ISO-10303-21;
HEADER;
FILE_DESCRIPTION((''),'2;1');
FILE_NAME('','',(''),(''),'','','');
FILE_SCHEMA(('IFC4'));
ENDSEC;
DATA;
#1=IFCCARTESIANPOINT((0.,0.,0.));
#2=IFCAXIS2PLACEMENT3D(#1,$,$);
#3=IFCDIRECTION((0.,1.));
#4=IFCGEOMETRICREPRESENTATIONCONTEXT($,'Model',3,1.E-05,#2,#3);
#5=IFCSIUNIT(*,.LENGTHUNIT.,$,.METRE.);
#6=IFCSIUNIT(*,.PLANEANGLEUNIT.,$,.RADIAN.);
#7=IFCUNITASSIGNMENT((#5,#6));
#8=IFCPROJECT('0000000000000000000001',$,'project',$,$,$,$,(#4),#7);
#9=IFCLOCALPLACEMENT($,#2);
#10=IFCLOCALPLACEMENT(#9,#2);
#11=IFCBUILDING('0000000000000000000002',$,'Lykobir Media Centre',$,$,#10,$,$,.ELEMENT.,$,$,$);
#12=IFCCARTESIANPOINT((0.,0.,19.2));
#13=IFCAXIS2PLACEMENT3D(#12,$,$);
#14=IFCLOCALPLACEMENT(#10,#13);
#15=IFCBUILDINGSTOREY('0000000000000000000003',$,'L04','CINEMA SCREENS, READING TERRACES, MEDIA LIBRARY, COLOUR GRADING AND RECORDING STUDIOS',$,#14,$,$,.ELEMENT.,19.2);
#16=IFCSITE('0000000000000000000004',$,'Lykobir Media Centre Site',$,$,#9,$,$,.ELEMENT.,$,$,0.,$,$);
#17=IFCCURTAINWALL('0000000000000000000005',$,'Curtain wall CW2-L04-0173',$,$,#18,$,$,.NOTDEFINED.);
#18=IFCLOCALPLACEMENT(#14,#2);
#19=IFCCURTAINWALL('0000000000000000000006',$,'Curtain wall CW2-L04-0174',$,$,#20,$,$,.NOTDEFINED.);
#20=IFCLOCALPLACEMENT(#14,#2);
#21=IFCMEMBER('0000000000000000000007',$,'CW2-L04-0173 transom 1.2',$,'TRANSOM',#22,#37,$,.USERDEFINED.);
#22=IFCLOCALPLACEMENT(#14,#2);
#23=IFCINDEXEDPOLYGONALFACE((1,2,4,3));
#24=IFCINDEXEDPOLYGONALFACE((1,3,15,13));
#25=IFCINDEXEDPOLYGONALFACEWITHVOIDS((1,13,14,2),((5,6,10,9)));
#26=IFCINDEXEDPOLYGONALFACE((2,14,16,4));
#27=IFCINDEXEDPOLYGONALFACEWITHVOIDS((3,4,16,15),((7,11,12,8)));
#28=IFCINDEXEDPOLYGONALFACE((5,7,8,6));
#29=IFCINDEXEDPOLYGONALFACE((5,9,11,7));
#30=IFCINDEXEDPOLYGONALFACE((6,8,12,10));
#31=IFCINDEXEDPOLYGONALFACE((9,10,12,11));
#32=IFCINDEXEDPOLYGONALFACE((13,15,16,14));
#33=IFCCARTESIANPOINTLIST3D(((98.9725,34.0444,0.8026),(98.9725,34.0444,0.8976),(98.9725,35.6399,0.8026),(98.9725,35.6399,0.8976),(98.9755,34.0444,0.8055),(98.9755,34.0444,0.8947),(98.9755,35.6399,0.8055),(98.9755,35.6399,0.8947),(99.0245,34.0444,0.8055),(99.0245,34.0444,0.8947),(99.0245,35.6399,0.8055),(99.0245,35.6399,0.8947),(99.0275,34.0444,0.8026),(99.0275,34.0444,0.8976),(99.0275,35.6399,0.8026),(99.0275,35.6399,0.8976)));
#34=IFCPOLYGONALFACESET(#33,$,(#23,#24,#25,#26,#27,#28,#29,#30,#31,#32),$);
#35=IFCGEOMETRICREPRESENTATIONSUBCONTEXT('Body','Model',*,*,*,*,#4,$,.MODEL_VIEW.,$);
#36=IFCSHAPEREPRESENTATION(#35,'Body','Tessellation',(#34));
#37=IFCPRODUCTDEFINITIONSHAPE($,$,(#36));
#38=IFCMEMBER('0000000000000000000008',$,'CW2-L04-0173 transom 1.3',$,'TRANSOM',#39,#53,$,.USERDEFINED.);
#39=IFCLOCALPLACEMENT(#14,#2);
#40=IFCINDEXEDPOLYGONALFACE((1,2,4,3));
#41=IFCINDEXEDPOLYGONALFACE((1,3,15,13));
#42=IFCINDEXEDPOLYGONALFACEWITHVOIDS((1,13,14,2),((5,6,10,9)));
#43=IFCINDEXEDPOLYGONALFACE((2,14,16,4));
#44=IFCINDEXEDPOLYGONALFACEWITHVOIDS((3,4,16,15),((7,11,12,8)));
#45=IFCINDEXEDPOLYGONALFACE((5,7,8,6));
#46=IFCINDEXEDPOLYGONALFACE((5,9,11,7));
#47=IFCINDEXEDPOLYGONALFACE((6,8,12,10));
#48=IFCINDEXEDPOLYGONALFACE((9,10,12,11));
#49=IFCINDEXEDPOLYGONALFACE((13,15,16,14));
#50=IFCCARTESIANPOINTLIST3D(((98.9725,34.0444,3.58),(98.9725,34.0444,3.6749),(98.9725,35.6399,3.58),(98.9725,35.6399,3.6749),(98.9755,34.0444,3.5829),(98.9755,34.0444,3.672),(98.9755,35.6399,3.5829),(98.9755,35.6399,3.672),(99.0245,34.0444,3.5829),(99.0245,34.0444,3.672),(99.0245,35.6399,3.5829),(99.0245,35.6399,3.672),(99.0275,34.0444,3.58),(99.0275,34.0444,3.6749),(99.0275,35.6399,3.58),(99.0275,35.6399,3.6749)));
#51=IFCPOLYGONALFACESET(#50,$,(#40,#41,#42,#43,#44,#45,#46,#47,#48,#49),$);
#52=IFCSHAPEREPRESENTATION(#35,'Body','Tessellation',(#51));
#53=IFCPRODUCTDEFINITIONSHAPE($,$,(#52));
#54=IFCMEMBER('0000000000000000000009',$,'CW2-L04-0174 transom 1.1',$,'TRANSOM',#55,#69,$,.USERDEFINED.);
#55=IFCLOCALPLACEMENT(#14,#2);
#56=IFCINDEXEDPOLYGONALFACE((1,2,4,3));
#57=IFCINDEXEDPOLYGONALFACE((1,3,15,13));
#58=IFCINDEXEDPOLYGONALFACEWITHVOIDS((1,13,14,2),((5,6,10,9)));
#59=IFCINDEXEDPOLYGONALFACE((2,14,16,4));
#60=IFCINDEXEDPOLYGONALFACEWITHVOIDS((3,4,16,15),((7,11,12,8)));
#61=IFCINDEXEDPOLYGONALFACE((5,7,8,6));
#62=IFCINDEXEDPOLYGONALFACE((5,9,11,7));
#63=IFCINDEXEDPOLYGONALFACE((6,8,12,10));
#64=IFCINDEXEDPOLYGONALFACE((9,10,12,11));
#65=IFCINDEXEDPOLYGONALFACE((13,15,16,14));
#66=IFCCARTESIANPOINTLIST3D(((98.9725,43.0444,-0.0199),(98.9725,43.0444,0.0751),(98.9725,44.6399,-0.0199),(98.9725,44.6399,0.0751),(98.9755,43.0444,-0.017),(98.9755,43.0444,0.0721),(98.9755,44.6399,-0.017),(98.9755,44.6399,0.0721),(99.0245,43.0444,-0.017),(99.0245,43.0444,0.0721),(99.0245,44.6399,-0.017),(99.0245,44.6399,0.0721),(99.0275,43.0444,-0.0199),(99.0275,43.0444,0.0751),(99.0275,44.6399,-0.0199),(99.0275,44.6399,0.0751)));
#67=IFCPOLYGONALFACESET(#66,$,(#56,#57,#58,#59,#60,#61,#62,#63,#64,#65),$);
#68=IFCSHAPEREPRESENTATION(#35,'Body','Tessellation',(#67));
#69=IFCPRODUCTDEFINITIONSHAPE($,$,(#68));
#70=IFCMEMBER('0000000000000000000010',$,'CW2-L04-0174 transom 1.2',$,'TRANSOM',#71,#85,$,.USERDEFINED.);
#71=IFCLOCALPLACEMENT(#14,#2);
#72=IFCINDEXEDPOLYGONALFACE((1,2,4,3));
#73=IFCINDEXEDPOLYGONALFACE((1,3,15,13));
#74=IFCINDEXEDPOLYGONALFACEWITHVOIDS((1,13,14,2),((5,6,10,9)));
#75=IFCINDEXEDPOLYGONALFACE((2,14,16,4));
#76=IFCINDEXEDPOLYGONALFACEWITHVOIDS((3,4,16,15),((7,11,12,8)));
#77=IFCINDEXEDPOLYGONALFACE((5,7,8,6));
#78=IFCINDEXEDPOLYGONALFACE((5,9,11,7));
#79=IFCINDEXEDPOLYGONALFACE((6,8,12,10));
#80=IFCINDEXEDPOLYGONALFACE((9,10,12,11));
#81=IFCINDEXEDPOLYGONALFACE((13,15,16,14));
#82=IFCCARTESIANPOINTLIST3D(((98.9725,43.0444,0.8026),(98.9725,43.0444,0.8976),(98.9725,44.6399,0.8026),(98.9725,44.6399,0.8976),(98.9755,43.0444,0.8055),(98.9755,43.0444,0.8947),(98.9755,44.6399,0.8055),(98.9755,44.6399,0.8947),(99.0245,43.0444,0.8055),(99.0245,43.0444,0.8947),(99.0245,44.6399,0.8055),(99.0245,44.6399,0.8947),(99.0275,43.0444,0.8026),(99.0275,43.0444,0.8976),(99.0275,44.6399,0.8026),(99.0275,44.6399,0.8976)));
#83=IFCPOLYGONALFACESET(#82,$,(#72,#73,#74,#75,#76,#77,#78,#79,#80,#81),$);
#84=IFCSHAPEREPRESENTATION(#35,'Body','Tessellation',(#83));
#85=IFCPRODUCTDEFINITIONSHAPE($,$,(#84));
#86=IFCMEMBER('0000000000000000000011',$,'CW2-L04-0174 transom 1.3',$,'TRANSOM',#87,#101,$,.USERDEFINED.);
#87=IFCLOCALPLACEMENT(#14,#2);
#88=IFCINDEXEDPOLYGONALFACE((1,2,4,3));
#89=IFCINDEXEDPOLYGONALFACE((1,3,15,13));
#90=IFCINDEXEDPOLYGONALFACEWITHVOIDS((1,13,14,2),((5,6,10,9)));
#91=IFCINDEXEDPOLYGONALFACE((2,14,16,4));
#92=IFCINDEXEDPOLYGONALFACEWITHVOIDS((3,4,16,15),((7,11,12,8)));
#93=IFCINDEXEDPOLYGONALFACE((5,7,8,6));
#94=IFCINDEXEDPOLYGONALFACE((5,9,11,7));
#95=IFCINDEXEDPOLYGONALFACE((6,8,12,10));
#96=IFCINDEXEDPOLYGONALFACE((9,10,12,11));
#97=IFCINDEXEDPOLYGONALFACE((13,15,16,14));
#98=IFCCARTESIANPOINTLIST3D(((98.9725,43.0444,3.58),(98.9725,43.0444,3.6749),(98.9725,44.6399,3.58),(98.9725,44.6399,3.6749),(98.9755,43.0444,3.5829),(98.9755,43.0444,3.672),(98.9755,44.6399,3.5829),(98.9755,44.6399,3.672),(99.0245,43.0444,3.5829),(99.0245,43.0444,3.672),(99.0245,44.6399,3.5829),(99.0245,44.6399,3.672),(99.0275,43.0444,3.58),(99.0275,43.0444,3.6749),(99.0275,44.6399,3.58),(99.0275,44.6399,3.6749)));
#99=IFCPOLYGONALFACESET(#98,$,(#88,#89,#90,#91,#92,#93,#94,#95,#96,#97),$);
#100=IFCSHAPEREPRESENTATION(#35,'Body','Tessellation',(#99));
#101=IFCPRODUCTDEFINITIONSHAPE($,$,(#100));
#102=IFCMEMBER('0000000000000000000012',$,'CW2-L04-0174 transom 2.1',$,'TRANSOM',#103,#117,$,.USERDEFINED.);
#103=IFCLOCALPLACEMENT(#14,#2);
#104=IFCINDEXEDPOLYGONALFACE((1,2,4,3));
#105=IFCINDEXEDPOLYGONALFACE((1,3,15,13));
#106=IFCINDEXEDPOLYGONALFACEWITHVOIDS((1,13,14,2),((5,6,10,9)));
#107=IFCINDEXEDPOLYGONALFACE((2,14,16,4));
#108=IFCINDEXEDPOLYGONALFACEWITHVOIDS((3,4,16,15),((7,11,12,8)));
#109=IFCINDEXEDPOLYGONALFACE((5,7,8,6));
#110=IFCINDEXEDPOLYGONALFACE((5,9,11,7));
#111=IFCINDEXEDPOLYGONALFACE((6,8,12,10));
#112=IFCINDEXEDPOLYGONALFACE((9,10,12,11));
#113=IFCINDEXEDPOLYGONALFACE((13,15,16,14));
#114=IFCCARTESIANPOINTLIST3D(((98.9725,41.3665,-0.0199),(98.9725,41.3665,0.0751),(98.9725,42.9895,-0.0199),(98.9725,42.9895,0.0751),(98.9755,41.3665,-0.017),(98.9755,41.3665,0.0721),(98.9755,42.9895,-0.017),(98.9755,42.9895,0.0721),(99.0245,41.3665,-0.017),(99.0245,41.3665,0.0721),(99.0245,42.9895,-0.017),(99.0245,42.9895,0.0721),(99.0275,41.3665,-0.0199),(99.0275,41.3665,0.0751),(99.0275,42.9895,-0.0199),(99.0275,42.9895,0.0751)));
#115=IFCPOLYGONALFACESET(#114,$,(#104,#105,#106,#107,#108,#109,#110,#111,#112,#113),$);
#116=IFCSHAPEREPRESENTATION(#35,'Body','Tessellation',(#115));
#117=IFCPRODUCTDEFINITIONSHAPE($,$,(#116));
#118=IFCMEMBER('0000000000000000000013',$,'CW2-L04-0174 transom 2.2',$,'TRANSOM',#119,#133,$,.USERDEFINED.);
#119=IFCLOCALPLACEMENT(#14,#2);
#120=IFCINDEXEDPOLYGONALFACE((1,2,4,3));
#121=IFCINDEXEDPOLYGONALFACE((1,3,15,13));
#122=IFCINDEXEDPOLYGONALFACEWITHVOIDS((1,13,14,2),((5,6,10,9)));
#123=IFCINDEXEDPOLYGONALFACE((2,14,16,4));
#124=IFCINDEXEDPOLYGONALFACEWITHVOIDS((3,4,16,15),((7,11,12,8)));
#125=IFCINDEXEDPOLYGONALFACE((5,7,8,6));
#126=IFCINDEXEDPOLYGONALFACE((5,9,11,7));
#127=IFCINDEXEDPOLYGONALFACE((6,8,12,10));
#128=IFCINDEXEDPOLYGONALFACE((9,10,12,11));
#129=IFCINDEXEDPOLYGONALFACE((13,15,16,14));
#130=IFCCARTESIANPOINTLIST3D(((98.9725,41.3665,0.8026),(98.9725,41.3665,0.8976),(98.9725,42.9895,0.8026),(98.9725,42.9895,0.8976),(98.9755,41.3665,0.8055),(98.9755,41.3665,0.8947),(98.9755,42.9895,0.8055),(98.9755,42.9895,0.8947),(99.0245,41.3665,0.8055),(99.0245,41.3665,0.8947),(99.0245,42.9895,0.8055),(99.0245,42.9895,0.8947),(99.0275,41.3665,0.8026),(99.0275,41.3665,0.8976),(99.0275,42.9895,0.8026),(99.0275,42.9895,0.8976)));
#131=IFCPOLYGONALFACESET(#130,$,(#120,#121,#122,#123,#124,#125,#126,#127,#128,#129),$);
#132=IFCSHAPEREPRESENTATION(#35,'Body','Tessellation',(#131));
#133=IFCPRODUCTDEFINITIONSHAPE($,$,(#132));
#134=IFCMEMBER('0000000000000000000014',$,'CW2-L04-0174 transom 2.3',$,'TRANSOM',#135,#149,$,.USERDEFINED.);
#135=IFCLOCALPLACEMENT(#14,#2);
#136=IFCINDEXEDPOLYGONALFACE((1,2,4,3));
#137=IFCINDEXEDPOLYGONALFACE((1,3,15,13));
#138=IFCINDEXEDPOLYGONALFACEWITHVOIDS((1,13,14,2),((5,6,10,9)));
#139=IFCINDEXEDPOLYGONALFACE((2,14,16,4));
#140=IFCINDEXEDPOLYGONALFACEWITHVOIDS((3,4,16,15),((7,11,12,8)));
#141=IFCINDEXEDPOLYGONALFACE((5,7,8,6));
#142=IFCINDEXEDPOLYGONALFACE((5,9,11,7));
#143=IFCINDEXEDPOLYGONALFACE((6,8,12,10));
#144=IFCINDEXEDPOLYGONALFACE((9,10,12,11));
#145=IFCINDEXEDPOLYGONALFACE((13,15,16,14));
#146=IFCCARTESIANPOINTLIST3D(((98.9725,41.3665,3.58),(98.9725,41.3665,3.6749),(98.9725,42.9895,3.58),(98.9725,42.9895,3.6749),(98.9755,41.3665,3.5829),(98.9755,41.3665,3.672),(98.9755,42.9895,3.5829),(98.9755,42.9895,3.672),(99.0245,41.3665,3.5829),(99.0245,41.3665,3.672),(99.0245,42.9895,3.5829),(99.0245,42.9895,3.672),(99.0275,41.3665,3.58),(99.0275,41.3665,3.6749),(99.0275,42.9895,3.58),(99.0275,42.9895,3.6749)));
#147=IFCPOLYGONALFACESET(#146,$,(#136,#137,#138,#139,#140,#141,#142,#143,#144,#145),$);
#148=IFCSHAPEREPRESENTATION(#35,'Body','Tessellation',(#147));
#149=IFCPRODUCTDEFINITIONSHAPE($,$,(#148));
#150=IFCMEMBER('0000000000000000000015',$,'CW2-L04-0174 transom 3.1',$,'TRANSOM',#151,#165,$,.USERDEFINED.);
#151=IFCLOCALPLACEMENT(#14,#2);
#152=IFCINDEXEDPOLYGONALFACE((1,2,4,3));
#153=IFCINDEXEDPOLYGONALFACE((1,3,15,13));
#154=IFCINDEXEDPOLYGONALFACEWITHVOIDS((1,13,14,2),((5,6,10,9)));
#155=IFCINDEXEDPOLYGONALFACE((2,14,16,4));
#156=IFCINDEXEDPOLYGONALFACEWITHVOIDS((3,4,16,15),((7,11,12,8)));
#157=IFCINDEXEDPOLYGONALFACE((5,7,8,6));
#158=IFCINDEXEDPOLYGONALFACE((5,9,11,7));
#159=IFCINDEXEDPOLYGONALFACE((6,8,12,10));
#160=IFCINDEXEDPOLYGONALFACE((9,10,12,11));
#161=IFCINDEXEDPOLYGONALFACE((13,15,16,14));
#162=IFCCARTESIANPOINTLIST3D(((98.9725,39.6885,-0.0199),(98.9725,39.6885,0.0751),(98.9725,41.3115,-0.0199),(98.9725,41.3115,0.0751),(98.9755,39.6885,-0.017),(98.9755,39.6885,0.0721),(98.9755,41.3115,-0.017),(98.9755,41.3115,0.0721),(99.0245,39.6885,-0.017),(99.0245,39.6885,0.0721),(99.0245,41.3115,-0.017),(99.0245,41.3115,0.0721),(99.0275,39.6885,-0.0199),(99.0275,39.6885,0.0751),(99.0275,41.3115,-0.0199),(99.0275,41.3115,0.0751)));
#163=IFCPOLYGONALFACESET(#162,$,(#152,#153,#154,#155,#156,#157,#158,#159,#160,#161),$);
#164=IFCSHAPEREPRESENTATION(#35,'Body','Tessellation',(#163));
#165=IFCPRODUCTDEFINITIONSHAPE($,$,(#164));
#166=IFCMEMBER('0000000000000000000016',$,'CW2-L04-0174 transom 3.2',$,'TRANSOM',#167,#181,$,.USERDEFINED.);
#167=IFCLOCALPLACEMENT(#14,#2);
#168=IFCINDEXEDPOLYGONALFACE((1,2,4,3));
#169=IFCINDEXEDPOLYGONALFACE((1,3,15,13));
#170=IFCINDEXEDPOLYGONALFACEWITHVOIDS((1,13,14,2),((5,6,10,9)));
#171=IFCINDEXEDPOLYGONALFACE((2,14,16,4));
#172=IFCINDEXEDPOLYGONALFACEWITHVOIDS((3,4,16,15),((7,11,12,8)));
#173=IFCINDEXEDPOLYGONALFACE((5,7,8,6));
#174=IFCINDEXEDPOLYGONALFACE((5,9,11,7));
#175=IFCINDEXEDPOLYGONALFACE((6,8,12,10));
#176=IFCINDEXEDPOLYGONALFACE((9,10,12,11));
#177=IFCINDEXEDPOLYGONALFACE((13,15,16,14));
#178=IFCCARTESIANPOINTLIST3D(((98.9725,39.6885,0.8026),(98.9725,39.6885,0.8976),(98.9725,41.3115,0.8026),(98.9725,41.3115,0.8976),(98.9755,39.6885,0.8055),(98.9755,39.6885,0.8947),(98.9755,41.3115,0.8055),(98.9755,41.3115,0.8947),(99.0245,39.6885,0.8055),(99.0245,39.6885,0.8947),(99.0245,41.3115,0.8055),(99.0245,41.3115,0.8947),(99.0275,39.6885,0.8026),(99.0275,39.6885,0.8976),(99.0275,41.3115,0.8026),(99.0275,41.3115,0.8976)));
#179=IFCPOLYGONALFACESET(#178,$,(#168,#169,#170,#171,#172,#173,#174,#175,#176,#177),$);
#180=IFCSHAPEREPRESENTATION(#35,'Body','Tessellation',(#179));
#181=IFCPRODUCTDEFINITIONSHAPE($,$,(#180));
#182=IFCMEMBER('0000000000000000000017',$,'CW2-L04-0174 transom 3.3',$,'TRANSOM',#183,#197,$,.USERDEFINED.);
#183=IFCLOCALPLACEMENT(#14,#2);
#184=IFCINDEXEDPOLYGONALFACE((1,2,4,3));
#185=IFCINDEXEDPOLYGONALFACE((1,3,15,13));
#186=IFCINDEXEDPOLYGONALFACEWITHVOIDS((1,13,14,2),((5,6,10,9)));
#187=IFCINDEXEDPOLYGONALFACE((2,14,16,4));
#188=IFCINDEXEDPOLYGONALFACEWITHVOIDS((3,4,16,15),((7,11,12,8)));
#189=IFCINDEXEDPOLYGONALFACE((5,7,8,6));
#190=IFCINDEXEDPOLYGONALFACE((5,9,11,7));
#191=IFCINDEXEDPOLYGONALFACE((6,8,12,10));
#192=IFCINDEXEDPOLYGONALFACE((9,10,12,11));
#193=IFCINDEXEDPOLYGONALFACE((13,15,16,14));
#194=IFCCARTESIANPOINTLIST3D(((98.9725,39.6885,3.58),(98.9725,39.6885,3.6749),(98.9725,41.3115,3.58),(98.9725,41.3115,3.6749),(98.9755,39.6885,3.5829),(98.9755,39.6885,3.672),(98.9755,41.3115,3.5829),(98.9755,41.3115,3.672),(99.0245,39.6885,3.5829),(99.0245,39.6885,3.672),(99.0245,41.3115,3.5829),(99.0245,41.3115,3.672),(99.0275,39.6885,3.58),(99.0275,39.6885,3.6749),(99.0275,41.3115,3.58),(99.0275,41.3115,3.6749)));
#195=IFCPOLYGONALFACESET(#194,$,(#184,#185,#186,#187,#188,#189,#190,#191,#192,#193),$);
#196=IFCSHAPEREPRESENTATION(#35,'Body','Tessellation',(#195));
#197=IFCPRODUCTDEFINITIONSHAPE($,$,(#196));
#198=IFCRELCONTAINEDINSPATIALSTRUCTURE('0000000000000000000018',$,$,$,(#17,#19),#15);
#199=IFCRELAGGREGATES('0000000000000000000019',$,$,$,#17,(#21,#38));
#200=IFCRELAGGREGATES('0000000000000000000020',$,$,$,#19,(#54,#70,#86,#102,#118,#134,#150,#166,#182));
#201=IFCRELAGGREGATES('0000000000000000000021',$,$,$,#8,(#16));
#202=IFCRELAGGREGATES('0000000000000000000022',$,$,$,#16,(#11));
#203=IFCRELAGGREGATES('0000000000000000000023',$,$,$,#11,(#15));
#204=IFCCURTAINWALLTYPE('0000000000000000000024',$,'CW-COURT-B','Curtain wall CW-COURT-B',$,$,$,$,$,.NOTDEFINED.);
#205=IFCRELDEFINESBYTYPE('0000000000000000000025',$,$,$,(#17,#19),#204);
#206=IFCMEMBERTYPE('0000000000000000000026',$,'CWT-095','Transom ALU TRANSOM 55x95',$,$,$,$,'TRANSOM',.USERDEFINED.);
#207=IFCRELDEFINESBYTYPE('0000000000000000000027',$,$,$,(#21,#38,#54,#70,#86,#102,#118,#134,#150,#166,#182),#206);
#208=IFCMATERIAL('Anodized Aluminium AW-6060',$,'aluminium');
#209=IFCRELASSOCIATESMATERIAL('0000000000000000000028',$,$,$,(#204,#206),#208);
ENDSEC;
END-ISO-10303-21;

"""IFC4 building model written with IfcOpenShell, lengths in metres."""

from ifc_helpers import new_model, si_unit, direction, frame, origin, origin_2d, place, context, subcontext, project, spatial, hollow_rectangle, extrude, material, material_profile, profile_set, type_object, element, aggregate, save


model = new_model("IFC4")

# Units and contexts
model_context = context("Model", 3, precision=1e-05, world=origin(), true_north=direction((0.0, 1.0)))
body_context = subcontext(model_context, "Body", "Model", "MODEL_VIEW")
ifc_project = project(units=[si_unit("LENGTHUNIT", "METRE"), si_unit("PLANEANGLEUNIT", "RADIAN")], contexts=[model_context])

# Site, building, storey
site_placement = place(None, origin())
site = spatial("IfcSite", under=ifc_project, at=site_placement, Name="Lykobir Media Centre Site", CompositionType="ELEMENT", RefElevation=0.0)
building_placement = place(site_placement, origin())
building = spatial("IfcBuilding", under=site, at=building_placement, Name="Lykobir Media Centre", CompositionType="ELEMENT")
storey_placement = place(building_placement, frame((0.0, 0.0, 19.2)))
storey = spatial("IfcBuildingStorey", under=building, at=storey_placement, Name="L04", Description="CINEMA SCREENS, READING TERRACES, MEDIA LIBRARY, COLOUR GRADING AND RECORDING STUDIOS", CompositionType="ELEMENT", Elevation=19.2)

# Curtain wall
ifc_material_1 = material(Name="Anodized Aluminium AW-6060", Category="aluminium")
curtain_wall_type = type_object("IfcCurtainWallType", Name="CW-COURT-B", Description="Curtain wall CW-COURT-B", PredefinedType="NOTDEFINED", material=ifc_material_1)
curtain_wall_1_placement = place(storey_placement, origin())
curtain_wall_1 = element("IfcCurtainWall", 1, at=curtain_wall_1_placement, inside=storey, type_object=curtain_wall_type, Name="Curtain wall CW2-L04-0173", PredefinedType="NOTDEFINED")

# Curtain wall
curtain_wall_2_placement = place(storey_placement, origin())
curtain_wall_2 = element("IfcCurtainWall", 2, at=curtain_wall_2_placement, inside=storey, type_object=curtain_wall_type, Name="Curtain wall CW2-L04-0174", PredefinedType="NOTDEFINED")

# Members
ifc_material_profile_1 = material_profile(ifc_material_1, hollow_rectangle(XDim=0.0549, YDim=0.095, WallThickness=0.0029, at=origin_2d()), Name="ALU TRANSOM 55x95")
ifc_profile_set_1 = profile_set([ifc_material_profile_1], Name="Anodized Aluminium AW-6060")
member_type_1 = type_object("IfcMemberType", Name="CWT-095", Description="Transom ALU TRANSOM 55x95", ElementType="TRANSOM", PredefinedType="USERDEFINED", material=ifc_profile_set_1)
member_1_placement = place(storey_placement, frame((99.0, 35.6399, 0.8501), z_axis=(0.0, -1.0, 0.0), x_axis=(1.0, 0.0, 0.0)))
member_1 = element("IfcMember", 3, at=member_1_placement, type_object=member_type_1, Name="CW2-L04-0173 transom 1.2", ObjectType="TRANSOM", PredefinedType="USERDEFINED", context=body_context, shape_type="SweptSolid", body=[
    extrude(hollow_rectangle(XDim=0.0549, YDim=0.095, WallThickness=0.0029, at=origin_2d()), origin(), (0.0, 0.0, 1.0), 1.5955),
])
member_2_placement = place(storey_placement, frame((99.0, 35.6399, 3.6274), z_axis=(0.0, -1.0, 0.0), x_axis=(1.0, 0.0, 0.0)))
member_2 = element("IfcMember", 4, at=member_2_placement, type_object=member_type_1, Name="CW2-L04-0173 transom 1.3", ObjectType="TRANSOM", PredefinedType="USERDEFINED", context=body_context, shape_type="SweptSolid", body=[
    extrude(hollow_rectangle(XDim=0.0549, YDim=0.095, WallThickness=0.0029, at=origin_2d()), origin(), (0.0, 0.0, 1.0), 1.5955),
])
aggregate(curtain_wall_1, [member_1, member_2])
member_3_placement = place(storey_placement, frame((99.0, 44.6399, 0.0276), z_axis=(0.0, -1.0, 0.0), x_axis=(1.0, 0.0, 0.0)))
member_3 = element("IfcMember", 5, at=member_3_placement, type_object=member_type_1, Name="CW2-L04-0174 transom 1.1", ObjectType="TRANSOM", PredefinedType="USERDEFINED", context=body_context, shape_type="SweptSolid", body=[
    extrude(hollow_rectangle(XDim=0.0549, YDim=0.095, WallThickness=0.0029, at=origin_2d()), origin(), (0.0, 0.0, 1.0), 1.5955),
])
member_4_placement = place(storey_placement, frame((99.0, 44.6399, 0.8501), z_axis=(0.0, -1.0, 0.0), x_axis=(1.0, 0.0, 0.0)))
member_4 = element("IfcMember", 6, at=member_4_placement, type_object=member_type_1, Name="CW2-L04-0174 transom 1.2", ObjectType="TRANSOM", PredefinedType="USERDEFINED", context=body_context, shape_type="SweptSolid", body=[
    extrude(hollow_rectangle(XDim=0.0549, YDim=0.095, WallThickness=0.0029, at=origin_2d()), origin(), (0.0, 0.0, 1.0), 1.5955),
])
member_5_placement = place(storey_placement, frame((99.0, 44.6399, 3.6274), z_axis=(0.0, -1.0, 0.0), x_axis=(1.0, 0.0, 0.0)))
member_5 = element("IfcMember", 7, at=member_5_placement, type_object=member_type_1, Name="CW2-L04-0174 transom 1.3", ObjectType="TRANSOM", PredefinedType="USERDEFINED", context=body_context, shape_type="SweptSolid", body=[
    extrude(hollow_rectangle(XDim=0.0549, YDim=0.095, WallThickness=0.0029, at=origin_2d()), origin(), (0.0, 0.0, 1.0), 1.5955),
])
member_6_placement = place(storey_placement, frame((99.0, 42.9895, 0.0276), z_axis=(0.0, -1.0, 0.0), x_axis=(1.0, 0.0, 0.0)))
member_6 = element("IfcMember", 8, at=member_6_placement, type_object=member_type_1, Name="CW2-L04-0174 transom 2.1", ObjectType="TRANSOM", PredefinedType="USERDEFINED", context=body_context, shape_type="SweptSolid", body=[
    extrude(hollow_rectangle(XDim=0.0549, YDim=0.095, WallThickness=0.0029, at=origin_2d()), origin(), (0.0, 0.0, 1.0), 1.623),
])
member_7_placement = place(storey_placement, frame((99.0, 42.9895, 0.8501), z_axis=(0.0, -1.0, 0.0), x_axis=(1.0, 0.0, 0.0)))
member_7 = element("IfcMember", 9, at=member_7_placement, type_object=member_type_1, Name="CW2-L04-0174 transom 2.2", ObjectType="TRANSOM", PredefinedType="USERDEFINED", context=body_context, shape_type="SweptSolid", body=[
    extrude(hollow_rectangle(XDim=0.0549, YDim=0.095, WallThickness=0.0029, at=origin_2d()), origin(), (0.0, 0.0, 1.0), 1.623),
])
member_8_placement = place(storey_placement, frame((99.0, 42.9895, 3.6274), z_axis=(0.0, -1.0, 0.0), x_axis=(1.0, 0.0, 0.0)))
member_8 = element("IfcMember", 10, at=member_8_placement, type_object=member_type_1, Name="CW2-L04-0174 transom 2.3", ObjectType="TRANSOM", PredefinedType="USERDEFINED", context=body_context, shape_type="SweptSolid", body=[
    extrude(hollow_rectangle(XDim=0.0549, YDim=0.095, WallThickness=0.0029, at=origin_2d()), origin(), (0.0, 0.0, 1.0), 1.623),
])
member_9_placement = place(storey_placement, frame((99.0, 41.3115, 0.0276), z_axis=(0.0, -1.0, 0.0), x_axis=(1.0, 0.0, 0.0)))
member_9 = element("IfcMember", 11, at=member_9_placement, type_object=member_type_1, Name="CW2-L04-0174 transom 3.1", ObjectType="TRANSOM", PredefinedType="USERDEFINED", context=body_context, shape_type="SweptSolid", body=[
    extrude(hollow_rectangle(XDim=0.0549, YDim=0.095, WallThickness=0.0029, at=origin_2d()), origin(), (0.0, 0.0, 1.0), 1.623),
])
member_10_placement = place(storey_placement, frame((99.0, 41.3115, 0.8501), z_axis=(0.0, -1.0, 0.0), x_axis=(1.0, 0.0, 0.0)))
member_10 = element("IfcMember", 12, at=member_10_placement, type_object=member_type_1, Name="CW2-L04-0174 transom 3.2", ObjectType="TRANSOM", PredefinedType="USERDEFINED", context=body_context, shape_type="SweptSolid", body=[
    extrude(hollow_rectangle(XDim=0.0549, YDim=0.095, WallThickness=0.0029, at=origin_2d()), origin(), (0.0, 0.0, 1.0), 1.623),
])
member_11_placement = place(storey_placement, frame((99.0, 41.3115, 3.6274), z_axis=(0.0, -1.0, 0.0), x_axis=(1.0, 0.0, 0.0)))
member_11 = element("IfcMember", 13, at=member_11_placement, type_object=member_type_1, Name="CW2-L04-0174 transom 3.3", ObjectType="TRANSOM", PredefinedType="USERDEFINED", context=body_context, shape_type="SweptSolid", body=[
    extrude(hollow_rectangle(XDim=0.0549, YDim=0.095, WallThickness=0.0029, at=origin_2d()), origin(), (0.0, 0.0, 1.0), 1.623),
])

aggregate(curtain_wall_2, [member_3, member_4, member_5, member_6, member_7, member_8, member_9, member_10, member_11])

save(model, "model.ifc")
